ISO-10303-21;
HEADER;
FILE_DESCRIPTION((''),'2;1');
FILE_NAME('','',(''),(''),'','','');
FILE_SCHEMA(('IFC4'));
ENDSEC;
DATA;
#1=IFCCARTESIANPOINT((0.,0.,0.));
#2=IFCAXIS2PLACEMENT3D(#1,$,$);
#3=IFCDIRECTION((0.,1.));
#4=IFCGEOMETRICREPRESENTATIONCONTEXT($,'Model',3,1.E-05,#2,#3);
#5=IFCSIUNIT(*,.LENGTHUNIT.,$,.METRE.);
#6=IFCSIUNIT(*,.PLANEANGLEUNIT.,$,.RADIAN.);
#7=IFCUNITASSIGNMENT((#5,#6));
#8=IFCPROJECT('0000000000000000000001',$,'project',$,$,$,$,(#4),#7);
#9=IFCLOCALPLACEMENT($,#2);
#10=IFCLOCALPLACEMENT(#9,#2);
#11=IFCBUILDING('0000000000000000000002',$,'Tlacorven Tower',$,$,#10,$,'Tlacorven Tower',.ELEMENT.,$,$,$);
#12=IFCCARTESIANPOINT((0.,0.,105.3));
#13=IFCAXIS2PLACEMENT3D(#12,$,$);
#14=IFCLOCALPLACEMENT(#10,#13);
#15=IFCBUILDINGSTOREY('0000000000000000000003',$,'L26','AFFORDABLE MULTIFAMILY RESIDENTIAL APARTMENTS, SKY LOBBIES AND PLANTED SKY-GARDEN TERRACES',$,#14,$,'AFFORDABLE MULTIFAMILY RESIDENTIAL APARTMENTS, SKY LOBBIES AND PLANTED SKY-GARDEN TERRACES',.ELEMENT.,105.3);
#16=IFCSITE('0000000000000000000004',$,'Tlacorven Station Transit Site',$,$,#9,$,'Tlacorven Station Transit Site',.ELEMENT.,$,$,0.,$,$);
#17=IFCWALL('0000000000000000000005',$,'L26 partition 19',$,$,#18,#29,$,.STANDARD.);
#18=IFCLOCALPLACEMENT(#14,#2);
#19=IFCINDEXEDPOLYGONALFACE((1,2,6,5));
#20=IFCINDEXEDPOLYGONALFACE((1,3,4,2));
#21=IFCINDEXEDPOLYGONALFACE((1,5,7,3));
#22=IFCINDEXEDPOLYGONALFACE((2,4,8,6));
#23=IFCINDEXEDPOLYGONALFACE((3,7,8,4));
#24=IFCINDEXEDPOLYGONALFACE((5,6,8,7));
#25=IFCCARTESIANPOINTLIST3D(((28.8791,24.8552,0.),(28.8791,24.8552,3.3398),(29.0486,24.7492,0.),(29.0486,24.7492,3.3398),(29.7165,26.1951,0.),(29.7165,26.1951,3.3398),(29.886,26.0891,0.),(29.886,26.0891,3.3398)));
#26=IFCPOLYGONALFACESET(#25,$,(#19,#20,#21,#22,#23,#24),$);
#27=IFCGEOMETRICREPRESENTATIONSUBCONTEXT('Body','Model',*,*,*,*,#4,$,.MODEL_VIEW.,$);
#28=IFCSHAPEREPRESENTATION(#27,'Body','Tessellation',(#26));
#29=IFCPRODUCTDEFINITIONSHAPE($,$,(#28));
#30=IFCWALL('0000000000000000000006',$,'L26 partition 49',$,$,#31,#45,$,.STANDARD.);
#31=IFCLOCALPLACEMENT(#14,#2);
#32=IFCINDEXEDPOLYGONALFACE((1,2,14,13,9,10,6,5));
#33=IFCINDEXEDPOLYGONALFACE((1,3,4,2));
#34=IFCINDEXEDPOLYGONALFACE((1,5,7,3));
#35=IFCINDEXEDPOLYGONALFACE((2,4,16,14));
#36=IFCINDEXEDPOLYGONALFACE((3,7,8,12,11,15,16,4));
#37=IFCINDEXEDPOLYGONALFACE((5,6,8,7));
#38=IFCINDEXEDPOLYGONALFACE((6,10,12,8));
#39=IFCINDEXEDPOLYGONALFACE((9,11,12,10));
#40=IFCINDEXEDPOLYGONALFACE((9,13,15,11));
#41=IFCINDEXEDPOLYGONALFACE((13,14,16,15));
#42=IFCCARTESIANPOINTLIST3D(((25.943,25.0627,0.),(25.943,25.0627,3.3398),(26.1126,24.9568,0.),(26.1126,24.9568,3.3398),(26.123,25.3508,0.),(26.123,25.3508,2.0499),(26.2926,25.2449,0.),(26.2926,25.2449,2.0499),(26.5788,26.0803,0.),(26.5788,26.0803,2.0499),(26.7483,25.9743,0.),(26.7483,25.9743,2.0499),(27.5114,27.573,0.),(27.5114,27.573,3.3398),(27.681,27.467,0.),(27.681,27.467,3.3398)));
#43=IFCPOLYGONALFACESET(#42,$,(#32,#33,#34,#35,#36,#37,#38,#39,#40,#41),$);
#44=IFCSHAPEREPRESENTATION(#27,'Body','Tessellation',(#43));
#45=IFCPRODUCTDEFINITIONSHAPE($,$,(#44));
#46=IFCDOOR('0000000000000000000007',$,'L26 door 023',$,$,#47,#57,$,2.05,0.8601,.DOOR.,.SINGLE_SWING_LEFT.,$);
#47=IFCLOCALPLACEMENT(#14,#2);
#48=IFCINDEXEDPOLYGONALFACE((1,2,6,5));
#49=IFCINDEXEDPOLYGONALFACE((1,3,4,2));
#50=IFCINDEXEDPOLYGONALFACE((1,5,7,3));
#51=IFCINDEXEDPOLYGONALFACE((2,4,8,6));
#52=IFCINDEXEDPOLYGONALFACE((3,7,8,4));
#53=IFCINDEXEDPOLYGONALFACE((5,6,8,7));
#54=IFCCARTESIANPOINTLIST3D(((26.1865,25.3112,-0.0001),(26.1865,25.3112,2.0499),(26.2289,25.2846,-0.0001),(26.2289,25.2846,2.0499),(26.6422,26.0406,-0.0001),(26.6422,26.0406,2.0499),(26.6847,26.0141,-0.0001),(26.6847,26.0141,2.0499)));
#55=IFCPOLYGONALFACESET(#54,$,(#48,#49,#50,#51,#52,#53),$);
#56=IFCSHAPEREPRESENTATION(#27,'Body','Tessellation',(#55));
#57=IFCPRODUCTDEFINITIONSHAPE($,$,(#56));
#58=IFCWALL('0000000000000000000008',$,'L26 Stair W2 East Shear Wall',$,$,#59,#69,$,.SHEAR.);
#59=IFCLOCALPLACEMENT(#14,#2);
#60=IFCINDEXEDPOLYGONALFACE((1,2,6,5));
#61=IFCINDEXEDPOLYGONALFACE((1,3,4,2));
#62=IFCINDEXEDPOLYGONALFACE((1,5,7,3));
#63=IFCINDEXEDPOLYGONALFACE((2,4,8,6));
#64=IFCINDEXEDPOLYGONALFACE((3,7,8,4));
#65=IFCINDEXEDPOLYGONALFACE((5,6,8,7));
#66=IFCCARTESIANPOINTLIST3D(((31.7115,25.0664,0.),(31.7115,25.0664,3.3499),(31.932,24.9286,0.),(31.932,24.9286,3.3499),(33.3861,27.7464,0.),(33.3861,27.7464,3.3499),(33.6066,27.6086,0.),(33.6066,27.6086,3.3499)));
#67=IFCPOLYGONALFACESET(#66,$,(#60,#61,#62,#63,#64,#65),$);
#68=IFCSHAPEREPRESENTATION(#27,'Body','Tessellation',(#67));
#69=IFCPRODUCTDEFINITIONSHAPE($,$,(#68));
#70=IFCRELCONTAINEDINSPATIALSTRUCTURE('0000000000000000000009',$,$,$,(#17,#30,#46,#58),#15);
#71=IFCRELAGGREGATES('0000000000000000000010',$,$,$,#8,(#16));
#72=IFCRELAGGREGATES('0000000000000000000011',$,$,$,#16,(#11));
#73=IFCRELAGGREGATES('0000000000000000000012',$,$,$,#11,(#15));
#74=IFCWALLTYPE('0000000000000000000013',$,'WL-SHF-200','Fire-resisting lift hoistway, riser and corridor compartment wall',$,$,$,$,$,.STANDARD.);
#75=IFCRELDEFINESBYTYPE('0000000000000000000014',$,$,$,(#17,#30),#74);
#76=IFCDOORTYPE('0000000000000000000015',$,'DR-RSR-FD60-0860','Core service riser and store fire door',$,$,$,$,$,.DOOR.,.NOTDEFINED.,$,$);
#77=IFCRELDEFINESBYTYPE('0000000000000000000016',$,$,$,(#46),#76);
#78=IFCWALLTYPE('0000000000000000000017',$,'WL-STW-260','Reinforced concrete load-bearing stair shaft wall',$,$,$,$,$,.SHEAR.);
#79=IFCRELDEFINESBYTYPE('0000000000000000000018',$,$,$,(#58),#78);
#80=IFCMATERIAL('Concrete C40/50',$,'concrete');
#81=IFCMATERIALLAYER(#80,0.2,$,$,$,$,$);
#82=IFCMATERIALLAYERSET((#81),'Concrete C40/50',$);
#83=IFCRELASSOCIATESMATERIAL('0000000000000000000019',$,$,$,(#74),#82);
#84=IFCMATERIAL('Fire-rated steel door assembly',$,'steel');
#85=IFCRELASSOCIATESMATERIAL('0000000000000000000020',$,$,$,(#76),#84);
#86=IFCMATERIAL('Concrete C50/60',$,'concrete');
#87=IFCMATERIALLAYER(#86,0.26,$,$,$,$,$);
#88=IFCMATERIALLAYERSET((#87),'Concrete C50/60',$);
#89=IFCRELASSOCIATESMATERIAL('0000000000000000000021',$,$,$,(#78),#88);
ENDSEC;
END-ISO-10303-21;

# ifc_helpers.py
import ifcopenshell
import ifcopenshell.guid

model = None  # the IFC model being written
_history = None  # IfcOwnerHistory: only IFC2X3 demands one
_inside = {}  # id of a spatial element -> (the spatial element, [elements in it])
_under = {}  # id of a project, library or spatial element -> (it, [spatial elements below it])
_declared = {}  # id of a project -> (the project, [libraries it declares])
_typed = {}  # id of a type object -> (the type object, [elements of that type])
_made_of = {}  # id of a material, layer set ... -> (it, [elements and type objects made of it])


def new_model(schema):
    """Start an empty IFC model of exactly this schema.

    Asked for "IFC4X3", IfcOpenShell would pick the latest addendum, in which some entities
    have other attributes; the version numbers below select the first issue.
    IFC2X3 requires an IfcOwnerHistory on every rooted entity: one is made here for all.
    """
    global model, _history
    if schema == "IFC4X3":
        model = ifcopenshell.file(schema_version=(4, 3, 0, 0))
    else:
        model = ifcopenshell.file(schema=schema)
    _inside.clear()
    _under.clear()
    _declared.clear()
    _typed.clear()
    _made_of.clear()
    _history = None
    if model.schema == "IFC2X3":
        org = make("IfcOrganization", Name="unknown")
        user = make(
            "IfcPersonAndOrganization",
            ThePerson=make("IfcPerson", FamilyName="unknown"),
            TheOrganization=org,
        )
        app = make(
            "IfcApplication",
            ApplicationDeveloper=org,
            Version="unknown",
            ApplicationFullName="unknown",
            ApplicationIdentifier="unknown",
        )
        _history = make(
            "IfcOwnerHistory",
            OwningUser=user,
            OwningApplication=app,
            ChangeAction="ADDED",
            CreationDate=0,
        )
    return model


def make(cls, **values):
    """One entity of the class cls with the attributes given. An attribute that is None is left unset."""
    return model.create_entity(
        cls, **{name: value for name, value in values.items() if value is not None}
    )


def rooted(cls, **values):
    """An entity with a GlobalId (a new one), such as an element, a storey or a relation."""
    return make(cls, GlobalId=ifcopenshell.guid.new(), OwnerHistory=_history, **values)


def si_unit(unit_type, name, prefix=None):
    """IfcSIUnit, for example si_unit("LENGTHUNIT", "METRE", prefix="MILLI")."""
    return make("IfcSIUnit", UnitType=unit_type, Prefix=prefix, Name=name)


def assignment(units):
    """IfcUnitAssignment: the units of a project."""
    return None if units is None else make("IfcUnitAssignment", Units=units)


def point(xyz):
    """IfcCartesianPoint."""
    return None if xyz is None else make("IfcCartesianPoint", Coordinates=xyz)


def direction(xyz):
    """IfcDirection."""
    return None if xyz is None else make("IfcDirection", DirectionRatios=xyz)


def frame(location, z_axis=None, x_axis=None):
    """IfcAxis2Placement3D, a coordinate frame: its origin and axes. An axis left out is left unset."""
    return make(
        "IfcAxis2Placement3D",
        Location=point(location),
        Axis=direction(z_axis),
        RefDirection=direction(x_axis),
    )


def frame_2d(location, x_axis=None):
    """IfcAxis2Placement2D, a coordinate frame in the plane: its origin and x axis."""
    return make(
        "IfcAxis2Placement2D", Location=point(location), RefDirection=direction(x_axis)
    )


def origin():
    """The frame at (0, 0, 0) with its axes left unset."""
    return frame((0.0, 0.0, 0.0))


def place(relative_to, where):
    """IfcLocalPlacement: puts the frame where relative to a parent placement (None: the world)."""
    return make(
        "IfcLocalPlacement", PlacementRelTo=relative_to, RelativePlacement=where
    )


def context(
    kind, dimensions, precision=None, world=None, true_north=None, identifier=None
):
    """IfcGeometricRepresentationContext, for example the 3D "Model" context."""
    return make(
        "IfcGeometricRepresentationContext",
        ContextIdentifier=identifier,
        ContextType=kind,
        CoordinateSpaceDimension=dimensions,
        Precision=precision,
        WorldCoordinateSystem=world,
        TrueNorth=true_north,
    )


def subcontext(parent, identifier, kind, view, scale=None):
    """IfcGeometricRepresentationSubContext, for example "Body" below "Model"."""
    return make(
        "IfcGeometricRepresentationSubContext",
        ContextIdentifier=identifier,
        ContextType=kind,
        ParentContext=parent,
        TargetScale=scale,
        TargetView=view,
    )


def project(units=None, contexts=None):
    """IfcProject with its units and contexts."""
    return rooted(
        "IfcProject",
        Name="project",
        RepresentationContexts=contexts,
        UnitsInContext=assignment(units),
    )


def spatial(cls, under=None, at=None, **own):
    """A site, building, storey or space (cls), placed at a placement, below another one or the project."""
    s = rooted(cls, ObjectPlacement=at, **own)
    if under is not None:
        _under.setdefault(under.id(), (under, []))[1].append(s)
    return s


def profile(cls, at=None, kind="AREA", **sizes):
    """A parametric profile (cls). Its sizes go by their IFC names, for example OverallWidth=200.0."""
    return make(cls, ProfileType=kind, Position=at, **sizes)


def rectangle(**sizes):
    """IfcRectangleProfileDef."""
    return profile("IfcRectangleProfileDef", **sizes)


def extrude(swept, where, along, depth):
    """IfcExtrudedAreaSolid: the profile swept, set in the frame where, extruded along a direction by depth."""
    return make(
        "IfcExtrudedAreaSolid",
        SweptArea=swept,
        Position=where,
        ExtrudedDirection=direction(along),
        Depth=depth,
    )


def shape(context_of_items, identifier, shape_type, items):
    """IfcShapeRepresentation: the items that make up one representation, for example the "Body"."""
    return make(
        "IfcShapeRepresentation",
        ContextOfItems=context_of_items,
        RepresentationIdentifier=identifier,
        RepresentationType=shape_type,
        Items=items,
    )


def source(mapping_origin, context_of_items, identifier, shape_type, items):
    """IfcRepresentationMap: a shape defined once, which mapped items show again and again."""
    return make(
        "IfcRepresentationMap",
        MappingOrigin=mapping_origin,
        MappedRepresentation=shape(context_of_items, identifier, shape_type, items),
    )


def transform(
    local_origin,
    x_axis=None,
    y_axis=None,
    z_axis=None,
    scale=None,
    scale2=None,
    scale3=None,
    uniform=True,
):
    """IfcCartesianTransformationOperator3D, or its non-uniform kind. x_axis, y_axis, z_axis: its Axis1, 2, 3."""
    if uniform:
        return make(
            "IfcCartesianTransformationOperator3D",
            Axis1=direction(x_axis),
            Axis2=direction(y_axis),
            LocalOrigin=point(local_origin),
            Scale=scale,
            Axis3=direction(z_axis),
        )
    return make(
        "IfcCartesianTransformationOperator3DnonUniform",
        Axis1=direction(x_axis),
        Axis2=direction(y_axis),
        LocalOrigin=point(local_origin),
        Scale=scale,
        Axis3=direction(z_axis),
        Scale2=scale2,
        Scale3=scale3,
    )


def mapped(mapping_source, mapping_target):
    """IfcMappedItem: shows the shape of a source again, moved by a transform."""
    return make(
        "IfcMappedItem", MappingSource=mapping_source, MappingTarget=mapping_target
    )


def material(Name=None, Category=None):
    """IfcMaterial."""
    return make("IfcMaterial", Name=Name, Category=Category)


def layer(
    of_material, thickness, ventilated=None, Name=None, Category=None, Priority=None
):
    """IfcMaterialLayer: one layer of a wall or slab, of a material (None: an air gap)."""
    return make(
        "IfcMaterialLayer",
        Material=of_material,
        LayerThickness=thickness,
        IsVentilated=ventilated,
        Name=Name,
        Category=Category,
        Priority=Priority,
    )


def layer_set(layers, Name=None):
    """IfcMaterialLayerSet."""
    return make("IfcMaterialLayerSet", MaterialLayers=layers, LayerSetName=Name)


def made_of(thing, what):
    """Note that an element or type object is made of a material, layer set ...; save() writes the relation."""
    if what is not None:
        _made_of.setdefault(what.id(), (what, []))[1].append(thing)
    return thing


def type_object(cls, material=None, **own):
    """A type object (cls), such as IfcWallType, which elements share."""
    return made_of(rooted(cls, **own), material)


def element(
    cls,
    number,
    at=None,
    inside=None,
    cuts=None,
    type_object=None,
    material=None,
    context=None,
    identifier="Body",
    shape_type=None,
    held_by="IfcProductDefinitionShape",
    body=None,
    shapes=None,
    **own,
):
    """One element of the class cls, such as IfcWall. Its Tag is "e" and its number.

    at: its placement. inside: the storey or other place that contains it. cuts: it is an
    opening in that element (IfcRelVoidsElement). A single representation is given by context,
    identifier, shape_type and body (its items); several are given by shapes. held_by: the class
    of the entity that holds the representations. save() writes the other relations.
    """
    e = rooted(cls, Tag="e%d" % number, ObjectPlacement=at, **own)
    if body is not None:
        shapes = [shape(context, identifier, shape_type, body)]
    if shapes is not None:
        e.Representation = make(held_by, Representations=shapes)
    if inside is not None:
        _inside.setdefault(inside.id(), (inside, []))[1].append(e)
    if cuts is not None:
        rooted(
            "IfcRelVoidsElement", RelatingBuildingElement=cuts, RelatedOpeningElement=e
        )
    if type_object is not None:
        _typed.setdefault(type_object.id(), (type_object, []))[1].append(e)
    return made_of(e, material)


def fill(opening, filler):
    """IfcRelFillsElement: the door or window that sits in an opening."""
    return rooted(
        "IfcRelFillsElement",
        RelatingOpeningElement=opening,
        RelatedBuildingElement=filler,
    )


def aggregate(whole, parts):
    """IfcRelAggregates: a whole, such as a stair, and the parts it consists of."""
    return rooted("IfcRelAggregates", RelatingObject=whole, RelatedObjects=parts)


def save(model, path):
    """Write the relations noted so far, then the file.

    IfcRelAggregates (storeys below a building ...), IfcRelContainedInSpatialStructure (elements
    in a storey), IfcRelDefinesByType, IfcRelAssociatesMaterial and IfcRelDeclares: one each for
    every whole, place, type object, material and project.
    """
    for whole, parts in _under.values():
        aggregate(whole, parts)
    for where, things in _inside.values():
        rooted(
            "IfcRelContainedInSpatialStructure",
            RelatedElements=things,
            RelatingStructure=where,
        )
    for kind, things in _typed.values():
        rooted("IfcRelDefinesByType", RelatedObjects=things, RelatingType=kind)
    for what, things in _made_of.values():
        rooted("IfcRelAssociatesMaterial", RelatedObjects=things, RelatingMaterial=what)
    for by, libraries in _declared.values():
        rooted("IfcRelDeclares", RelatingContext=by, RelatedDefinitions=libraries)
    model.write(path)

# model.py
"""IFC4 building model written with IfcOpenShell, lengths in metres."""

from ifc_helpers import new_model, si_unit, direction, frame, frame_2d, origin, place, context, subcontext, project, spatial, rectangle, extrude, source, transform, mapped, material, layer, layer_set, type_object, element, fill, save


model = new_model("IFC4")

# Units and contexts
model_context = context("Model", 3, precision=1e-05, world=origin(), true_north=direction((0.0, 1.0)))
body_context = subcontext(model_context, "Body", "Model", "MODEL_VIEW")
ifc_project = project(units=[si_unit("LENGTHUNIT", "METRE"), si_unit("PLANEANGLEUNIT", "RADIAN")], contexts=[model_context])

# Site, building, storey
site_placement = place(None, origin())
site = spatial("IfcSite", under=ifc_project, at=site_placement, Name="Tlacorven Station Transit Site", LongName="Tlacorven Station Transit Site", CompositionType="ELEMENT", RefElevation=0.0)
building_placement = place(site_placement, origin())
building = spatial("IfcBuilding", under=site, at=building_placement, Name="Tlacorven Tower", LongName="Tlacorven Tower", CompositionType="ELEMENT")
storey_placement = place(building_placement, frame((0.0, 0.0, 105.3)))
storey = spatial("IfcBuildingStorey", under=building, at=storey_placement, Name="L26", Description="AFFORDABLE MULTIFAMILY RESIDENTIAL APARTMENTS, SKY LOBBIES AND PLANTED SKY-GARDEN TERRACES", LongName="AFFORDABLE MULTIFAMILY RESIDENTIAL APARTMENTS, SKY LOBBIES AND PLANTED SKY-GARDEN TERRACES", CompositionType="ELEMENT", Elevation=105.3)

# Wall
ifc_material_1 = material(Name="Concrete C40/50", Category="concrete")
ifc_layer_1 = layer(ifc_material_1, 0.2)
ifc_layer_set_1 = layer_set([ifc_layer_1], Name="Concrete C40/50")
wall_type_1 = type_object("IfcWallType", Name="WL-SHF-200", Description="Fire-resisting lift hoistway, riser and corridor compartment wall", PredefinedType="STANDARD", material=ifc_layer_set_1)
for number, where, z_axis, x_axis, name in (
    (1, (29.8013, 26.1421, 0.0), (0.0, 0.0, 1.0), (-0.529999, -0.847998, 0.0), "L26 partition 19"),
):
    element("IfcWall", number, at=place(storey_placement, frame(where, z_axis=z_axis, x_axis=x_axis)), inside=storey, type_object=wall_type_1, Name=name, PredefinedType="STANDARD", context=body_context, shape_type="SweptSolid", body=[
        extrude(rectangle(XDim=1.5801, YDim=0.2, at=frame_2d((0.79, 0.0))), origin(), (0.0, 0.0, 1.0), 3.3398),
    ])

# Wall, opening, door
wall_1_placement = place(storey_placement, frame((27.5962, 27.52, 0.0), z_axis=(0.0, 0.0, 1.0), x_axis=(-0.529865, -0.848082, 0.0)))
wall_1 = element("IfcWall", 2, at=wall_1_placement, inside=storey, type_object=wall_type_1, Name="L26 partition 49", PredefinedType="STANDARD", context=body_context, shape_type="SweptSolid", body=[
    extrude(rectangle(XDim=2.96, YDim=0.2, at=frame_2d((1.48, 0.0))), origin(), (0.0, 0.0, 1.0), 3.3398),
])
opening_1_placement = place(wall_1_placement, frame((1.76, 0.0, 0.0)))
opening_1 = element("IfcOpeningElement", 3, at=opening_1_placement, cuts=wall_1, PredefinedType="OPENING", context=body_context, shape_type="SweptSolid", body=[
    extrude(rectangle(XDim=0.8601, YDim=2.05, at=frame_2d((0.4302, 1.0249))), frame((0.0, 0.1099, 0.0), z_axis=(0.0, -1.0, 0.0), x_axis=(1.0, 0.0, 0.0)), (0.0, 0.0, 1.0), 0.22),
])
ifc_material_2 = material(Name="Fire-rated steel door assembly", Category="steel")
door_type_1 = type_object("IfcDoorType", Name="DR-RSR-FD60-0860", Description="Core service riser and store fire door", OperationType="NOTDEFINED", PredefinedType="DOOR", material=ifc_material_2)
shared_shape_1 = source(origin(), body_context, "Body", "SweptSolid", [
    extrude(rectangle(XDim=0.8601, YDim=2.05, at=frame_2d((0.4302, 1.0249))), frame((0.0, 0.0249, 0.0), z_axis=(0.0, -1.0, 0.0), x_axis=(1.0, 0.0, 0.0)), (0.0, 0.0, 1.0), 0.05),
])
door_1_placement = place(opening_1_placement, origin())
door_1 = element("IfcDoor", 4, at=door_1_placement, inside=storey, type_object=door_type_1, Name="L26 door 023", OperationType="SINGLE_SWING_LEFT", OverallHeight=2.05, OverallWidth=0.8601, PredefinedType="DOOR", context=body_context, shape_type="MappedRepresentation", body=[
    mapped(shared_shape_1, transform((0.0, 0.0, 0.0), scale=1.0)),
])
fill(opening_1, door_1)

# Wall
ifc_material_3 = material(Name="Concrete C50/60", Category="concrete")
ifc_layer_2 = layer(ifc_material_3, 0.26)
ifc_layer_set_2 = layer_set([ifc_layer_2], Name="Concrete C50/60")
wall_type_2 = type_object("IfcWallType", Name="WL-STW-260", Description="Reinforced concrete load-bearing stair shaft wall", PredefinedType="SHEAR", material=ifc_layer_set_2)
wall_2_placement = place(storey_placement, frame((33.4963, 27.6775, 0.0), z_axis=(0.0, 0.0, 1.0), x_axis=(-0.529909, -0.848055, 0.0)))
element("IfcWall", 5, at=wall_2_placement, inside=storey, type_object=wall_type_2, Name="L26 Stair W2 East Shear Wall", PredefinedType="SHEAR", context=body_context, shape_type="SweptSolid", body=[
    extrude(rectangle(XDim=3.1602, YDim=0.26, at=frame_2d((1.5801, 0.0))), origin(), (0.0, 0.0, 1.0), 3.3499),
])

save(model, "model.ifc")
